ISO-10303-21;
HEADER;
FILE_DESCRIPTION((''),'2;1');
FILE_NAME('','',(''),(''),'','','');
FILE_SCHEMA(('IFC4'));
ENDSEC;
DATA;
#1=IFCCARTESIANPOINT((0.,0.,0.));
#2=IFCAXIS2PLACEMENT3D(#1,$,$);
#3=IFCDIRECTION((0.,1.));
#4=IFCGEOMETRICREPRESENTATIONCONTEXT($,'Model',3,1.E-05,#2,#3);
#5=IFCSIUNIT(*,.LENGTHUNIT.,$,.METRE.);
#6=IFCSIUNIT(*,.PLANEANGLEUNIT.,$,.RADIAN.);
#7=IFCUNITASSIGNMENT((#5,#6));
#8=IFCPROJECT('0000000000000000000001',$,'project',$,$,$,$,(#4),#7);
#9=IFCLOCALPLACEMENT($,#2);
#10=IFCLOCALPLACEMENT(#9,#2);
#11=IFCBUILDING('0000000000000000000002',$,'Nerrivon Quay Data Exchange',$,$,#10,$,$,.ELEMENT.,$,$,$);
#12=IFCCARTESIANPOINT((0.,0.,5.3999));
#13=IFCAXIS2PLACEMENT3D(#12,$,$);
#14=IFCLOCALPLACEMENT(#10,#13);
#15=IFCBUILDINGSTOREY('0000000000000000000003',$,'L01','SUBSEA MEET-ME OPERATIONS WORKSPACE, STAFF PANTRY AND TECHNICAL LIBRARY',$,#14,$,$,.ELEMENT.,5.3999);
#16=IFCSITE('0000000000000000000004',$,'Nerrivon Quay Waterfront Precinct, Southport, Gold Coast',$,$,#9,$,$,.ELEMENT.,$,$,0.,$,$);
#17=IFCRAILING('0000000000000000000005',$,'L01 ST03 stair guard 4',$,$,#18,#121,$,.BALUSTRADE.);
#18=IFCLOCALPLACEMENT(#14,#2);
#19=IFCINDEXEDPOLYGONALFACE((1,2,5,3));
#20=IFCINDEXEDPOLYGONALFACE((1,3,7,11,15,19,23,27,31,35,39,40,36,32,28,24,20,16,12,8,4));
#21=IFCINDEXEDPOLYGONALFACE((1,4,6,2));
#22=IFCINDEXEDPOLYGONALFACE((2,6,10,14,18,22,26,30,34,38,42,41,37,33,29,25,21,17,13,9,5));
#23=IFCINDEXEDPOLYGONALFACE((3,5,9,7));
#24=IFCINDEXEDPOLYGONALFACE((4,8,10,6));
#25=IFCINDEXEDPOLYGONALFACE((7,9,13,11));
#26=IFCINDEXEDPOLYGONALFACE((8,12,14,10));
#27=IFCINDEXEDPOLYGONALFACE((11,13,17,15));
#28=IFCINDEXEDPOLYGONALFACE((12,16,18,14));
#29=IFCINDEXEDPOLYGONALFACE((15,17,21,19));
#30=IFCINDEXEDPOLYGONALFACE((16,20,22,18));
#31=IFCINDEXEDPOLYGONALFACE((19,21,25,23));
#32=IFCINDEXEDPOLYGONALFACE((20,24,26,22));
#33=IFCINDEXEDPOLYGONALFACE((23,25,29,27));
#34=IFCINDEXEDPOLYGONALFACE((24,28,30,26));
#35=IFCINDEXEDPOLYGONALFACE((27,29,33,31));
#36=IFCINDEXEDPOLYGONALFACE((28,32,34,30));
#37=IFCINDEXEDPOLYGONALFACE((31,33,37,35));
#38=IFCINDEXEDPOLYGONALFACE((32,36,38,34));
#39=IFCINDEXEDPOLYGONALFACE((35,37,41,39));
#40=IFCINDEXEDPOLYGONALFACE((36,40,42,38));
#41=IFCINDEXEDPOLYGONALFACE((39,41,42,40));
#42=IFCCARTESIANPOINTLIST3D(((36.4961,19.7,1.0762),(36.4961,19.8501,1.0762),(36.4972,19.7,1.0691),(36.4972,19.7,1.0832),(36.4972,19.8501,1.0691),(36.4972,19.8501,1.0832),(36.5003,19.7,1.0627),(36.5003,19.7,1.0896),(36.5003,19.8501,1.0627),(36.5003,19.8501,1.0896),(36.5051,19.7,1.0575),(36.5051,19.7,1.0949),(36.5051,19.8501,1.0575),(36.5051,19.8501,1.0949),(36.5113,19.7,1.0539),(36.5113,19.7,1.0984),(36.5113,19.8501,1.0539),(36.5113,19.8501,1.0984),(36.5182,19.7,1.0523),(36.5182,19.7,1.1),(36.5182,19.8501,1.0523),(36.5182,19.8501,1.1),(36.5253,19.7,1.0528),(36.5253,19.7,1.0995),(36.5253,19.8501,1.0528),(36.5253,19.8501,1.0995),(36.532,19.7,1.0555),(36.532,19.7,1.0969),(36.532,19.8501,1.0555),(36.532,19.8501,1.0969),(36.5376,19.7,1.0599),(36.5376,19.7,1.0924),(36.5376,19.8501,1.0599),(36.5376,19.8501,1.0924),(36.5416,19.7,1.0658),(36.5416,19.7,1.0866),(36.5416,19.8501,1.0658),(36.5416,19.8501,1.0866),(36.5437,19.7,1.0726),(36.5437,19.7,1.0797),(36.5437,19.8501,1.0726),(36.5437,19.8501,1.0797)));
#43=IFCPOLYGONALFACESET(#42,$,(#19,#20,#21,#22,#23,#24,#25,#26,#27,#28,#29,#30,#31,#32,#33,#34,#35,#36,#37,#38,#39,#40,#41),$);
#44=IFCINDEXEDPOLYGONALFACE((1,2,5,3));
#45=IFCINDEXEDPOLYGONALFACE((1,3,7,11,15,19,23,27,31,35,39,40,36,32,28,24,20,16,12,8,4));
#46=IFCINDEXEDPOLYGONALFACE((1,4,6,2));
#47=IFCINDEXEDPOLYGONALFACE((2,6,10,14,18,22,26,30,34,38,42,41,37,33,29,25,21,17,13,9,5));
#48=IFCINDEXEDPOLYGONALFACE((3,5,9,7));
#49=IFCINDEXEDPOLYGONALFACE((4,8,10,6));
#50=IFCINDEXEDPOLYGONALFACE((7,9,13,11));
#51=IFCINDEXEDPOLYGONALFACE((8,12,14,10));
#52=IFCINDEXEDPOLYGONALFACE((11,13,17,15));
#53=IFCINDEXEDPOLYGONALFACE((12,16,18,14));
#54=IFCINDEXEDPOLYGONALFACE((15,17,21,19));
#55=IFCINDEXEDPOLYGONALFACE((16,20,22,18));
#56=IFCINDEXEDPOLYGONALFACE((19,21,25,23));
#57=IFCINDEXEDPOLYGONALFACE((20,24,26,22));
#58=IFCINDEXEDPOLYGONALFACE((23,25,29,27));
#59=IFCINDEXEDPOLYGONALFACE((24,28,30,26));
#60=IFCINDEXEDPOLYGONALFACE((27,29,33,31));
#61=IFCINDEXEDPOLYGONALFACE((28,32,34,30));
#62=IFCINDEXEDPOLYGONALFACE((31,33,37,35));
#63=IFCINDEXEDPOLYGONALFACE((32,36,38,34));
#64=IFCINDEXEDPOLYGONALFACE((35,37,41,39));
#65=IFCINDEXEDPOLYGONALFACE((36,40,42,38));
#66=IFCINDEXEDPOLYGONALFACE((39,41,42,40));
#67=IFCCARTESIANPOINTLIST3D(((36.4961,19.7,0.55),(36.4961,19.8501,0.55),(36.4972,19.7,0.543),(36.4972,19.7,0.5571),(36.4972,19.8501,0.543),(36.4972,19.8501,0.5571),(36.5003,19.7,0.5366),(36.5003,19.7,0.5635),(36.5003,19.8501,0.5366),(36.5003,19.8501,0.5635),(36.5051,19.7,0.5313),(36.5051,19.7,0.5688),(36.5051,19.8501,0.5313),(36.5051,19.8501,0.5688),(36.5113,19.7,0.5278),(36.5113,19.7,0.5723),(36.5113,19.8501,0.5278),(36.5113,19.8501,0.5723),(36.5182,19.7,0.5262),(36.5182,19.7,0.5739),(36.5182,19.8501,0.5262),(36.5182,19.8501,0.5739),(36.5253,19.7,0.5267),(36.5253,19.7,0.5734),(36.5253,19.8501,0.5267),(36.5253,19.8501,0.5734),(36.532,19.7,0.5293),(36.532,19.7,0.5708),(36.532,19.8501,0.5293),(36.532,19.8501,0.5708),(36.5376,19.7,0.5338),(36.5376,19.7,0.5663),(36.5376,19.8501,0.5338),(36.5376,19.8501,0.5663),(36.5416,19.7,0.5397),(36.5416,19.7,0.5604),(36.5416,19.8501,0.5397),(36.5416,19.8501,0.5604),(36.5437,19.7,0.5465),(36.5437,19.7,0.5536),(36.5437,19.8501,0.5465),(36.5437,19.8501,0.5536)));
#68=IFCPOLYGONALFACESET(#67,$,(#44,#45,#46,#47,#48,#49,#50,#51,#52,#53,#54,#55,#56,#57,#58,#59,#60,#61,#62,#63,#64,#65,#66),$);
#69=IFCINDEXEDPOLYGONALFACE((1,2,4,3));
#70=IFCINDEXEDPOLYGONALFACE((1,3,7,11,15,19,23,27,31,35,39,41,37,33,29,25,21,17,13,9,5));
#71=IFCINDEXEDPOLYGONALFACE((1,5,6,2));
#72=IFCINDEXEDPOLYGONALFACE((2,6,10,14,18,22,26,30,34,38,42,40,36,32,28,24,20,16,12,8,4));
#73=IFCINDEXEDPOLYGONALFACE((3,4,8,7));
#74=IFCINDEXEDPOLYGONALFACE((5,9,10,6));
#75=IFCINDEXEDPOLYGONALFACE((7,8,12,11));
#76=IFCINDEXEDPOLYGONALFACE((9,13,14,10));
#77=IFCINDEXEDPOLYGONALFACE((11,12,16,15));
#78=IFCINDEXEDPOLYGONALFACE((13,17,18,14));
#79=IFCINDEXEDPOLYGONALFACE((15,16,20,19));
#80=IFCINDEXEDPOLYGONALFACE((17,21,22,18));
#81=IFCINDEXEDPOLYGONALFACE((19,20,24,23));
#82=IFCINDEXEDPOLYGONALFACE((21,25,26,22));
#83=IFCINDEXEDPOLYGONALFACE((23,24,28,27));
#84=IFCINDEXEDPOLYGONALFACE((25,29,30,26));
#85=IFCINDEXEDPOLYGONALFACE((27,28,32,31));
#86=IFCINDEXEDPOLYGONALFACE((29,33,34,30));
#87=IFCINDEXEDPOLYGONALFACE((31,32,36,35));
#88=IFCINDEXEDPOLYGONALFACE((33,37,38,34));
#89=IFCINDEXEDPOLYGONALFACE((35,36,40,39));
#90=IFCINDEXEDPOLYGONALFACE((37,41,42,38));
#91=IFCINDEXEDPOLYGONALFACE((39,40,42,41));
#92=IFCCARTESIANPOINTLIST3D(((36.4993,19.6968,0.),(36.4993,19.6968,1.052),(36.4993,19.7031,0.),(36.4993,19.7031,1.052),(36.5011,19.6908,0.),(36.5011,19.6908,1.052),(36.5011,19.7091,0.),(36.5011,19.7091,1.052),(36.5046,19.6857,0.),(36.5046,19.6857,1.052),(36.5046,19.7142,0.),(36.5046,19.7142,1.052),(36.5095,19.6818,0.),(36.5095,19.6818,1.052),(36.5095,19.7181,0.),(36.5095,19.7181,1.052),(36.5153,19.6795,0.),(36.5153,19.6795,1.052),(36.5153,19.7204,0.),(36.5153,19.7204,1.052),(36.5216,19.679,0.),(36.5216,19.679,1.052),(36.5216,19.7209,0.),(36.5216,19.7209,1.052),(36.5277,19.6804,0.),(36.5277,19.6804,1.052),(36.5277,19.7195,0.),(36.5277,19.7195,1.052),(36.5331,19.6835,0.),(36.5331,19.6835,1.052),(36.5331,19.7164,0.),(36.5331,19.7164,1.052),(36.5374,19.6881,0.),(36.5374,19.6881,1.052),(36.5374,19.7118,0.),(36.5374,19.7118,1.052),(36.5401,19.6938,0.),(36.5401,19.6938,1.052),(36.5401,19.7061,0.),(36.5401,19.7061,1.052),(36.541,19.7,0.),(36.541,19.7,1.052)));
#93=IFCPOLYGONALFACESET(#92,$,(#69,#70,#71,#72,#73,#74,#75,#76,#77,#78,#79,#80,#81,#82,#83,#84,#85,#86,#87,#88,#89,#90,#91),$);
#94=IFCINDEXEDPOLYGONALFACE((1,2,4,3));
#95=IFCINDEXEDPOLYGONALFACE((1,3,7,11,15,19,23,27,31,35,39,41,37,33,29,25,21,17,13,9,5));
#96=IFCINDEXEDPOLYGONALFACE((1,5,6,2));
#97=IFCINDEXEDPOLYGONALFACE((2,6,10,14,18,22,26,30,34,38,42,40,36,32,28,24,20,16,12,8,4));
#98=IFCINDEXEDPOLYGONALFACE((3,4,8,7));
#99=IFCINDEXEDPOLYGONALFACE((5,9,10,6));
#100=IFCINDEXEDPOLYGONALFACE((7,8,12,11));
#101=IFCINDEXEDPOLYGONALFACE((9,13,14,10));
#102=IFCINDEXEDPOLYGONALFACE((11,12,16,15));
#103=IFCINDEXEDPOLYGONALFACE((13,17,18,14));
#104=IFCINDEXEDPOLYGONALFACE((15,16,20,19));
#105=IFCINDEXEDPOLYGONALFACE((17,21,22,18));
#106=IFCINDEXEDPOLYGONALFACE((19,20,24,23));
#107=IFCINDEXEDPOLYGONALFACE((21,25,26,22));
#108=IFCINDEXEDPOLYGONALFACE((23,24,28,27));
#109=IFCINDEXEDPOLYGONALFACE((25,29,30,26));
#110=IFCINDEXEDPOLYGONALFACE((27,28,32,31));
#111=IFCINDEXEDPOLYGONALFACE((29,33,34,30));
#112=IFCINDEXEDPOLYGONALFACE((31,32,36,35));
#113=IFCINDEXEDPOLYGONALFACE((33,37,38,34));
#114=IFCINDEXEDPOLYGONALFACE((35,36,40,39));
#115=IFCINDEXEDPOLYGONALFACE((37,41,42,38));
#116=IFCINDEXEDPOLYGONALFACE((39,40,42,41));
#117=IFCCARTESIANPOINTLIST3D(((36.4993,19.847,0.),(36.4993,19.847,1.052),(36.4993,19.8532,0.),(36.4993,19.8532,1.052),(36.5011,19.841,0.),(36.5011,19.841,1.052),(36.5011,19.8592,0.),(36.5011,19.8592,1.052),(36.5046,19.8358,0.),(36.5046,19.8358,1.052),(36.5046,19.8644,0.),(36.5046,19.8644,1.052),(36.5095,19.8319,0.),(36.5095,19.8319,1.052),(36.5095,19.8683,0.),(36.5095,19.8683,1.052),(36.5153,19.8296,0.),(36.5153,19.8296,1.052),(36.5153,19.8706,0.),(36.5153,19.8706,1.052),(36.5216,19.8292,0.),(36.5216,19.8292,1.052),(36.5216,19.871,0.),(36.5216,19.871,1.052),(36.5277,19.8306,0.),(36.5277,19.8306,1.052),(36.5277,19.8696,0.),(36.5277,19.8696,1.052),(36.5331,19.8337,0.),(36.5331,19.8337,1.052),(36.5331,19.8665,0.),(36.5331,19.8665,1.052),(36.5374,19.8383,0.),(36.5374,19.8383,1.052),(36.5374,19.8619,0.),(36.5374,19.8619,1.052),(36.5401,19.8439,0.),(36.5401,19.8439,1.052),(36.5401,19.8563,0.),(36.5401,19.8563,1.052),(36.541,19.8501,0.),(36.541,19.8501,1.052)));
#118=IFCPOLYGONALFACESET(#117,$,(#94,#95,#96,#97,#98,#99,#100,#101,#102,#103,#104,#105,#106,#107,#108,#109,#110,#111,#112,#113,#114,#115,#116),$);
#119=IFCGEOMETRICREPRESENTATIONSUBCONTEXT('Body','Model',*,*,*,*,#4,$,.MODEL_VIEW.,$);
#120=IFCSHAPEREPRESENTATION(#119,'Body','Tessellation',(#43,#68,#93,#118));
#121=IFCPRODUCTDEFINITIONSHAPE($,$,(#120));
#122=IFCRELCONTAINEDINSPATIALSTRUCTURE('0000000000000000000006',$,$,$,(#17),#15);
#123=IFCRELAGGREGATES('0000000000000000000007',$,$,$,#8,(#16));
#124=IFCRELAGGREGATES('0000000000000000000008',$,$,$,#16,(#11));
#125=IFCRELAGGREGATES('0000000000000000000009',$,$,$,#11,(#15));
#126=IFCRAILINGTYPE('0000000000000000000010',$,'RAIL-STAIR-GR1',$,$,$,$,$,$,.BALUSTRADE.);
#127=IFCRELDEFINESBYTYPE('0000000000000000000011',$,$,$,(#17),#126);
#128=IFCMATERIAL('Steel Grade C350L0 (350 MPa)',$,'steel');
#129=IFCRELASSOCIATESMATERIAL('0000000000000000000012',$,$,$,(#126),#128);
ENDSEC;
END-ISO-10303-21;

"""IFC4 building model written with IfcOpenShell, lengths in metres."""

from ifc_helpers import new_model, si_unit, direction, frame, origin, origin_2d, place, context, subcontext, project, spatial, circle, extrude, material, type_object, element, save


model = new_model("IFC4")

# Units and contexts
model_context = context("Model", 3, precision=1e-05, world=origin(), true_north=direction((0.0, 1.0)))
body_context = subcontext(model_context, "Body", "Model", "MODEL_VIEW")
ifc_project = project(units=[si_unit("LENGTHUNIT", "METRE"), si_unit("PLANEANGLEUNIT", "RADIAN")], contexts=[model_context])

# Site, building, storey
site_placement = place(None, origin())
site = spatial("IfcSite", under=ifc_project, at=site_placement, Name="Nerrivon Quay Waterfront Precinct, Southport, Gold Coast", CompositionType="ELEMENT", RefElevation=0.0)
building_placement = place(site_placement, origin())
building = spatial("IfcBuilding", under=site, at=building_placement, Name="Nerrivon Quay Data Exchange", CompositionType="ELEMENT")
storey_placement = place(building_placement, frame((0.0, 0.0, 5.3999)))
storey = spatial("IfcBuildingStorey", under=building, at=storey_placement, Name="L01", Description="SUBSEA MEET-ME OPERATIONS WORKSPACE, STAFF PANTRY AND TECHNICAL LIBRARY", CompositionType="ELEMENT", Elevation=5.3999)

# Railing
ifc_material_1 = material(Name="Steel Grade C350L0 (350 MPa)", Category="steel")
railing_type_1 = type_object("IfcRailingType", Name="RAIL-STAIR-GR1", PredefinedType="BALUSTRADE", material=ifc_material_1)
railing_1_placement = place(storey_placement, frame((36.52, 19.7, 0.0)))
element("IfcRailing", 1, at=railing_1_placement, inside=storey, type_object=railing_type_1, Name="L01 ST03 stair guard 4", PredefinedType="BALUSTRADE", context=body_context, shape_type="SweptSolid", body=[
    extrude(circle(Radius=0.0239, at=origin_2d()), frame((0.0, 0.0, 1.0762), z_axis=(0.0, 1.0, 0.0), x_axis=(-1.0, 0.0, 0.0)), (0.0, 0.0, 1.0), 0.1501),
    extrude(circle(Radius=0.0239, at=origin_2d()), frame((0.0, 0.0, 0.55), z_axis=(0.0, 1.0, 0.0), x_axis=(-1.0, 0.0, 0.0)), (0.0, 0.0, 1.0), 0.1501),
    extrude(circle(Radius=0.021, at=origin_2d()), origin(), (0.0, 0.0, 1.0), 1.052),
    extrude(circle(Radius=0.021, at=origin_2d()), frame((0.0, 0.1501, 0.0)), (0.0, 0.0, 1.0), 1.052),
])

save(model, "model.ifc")
